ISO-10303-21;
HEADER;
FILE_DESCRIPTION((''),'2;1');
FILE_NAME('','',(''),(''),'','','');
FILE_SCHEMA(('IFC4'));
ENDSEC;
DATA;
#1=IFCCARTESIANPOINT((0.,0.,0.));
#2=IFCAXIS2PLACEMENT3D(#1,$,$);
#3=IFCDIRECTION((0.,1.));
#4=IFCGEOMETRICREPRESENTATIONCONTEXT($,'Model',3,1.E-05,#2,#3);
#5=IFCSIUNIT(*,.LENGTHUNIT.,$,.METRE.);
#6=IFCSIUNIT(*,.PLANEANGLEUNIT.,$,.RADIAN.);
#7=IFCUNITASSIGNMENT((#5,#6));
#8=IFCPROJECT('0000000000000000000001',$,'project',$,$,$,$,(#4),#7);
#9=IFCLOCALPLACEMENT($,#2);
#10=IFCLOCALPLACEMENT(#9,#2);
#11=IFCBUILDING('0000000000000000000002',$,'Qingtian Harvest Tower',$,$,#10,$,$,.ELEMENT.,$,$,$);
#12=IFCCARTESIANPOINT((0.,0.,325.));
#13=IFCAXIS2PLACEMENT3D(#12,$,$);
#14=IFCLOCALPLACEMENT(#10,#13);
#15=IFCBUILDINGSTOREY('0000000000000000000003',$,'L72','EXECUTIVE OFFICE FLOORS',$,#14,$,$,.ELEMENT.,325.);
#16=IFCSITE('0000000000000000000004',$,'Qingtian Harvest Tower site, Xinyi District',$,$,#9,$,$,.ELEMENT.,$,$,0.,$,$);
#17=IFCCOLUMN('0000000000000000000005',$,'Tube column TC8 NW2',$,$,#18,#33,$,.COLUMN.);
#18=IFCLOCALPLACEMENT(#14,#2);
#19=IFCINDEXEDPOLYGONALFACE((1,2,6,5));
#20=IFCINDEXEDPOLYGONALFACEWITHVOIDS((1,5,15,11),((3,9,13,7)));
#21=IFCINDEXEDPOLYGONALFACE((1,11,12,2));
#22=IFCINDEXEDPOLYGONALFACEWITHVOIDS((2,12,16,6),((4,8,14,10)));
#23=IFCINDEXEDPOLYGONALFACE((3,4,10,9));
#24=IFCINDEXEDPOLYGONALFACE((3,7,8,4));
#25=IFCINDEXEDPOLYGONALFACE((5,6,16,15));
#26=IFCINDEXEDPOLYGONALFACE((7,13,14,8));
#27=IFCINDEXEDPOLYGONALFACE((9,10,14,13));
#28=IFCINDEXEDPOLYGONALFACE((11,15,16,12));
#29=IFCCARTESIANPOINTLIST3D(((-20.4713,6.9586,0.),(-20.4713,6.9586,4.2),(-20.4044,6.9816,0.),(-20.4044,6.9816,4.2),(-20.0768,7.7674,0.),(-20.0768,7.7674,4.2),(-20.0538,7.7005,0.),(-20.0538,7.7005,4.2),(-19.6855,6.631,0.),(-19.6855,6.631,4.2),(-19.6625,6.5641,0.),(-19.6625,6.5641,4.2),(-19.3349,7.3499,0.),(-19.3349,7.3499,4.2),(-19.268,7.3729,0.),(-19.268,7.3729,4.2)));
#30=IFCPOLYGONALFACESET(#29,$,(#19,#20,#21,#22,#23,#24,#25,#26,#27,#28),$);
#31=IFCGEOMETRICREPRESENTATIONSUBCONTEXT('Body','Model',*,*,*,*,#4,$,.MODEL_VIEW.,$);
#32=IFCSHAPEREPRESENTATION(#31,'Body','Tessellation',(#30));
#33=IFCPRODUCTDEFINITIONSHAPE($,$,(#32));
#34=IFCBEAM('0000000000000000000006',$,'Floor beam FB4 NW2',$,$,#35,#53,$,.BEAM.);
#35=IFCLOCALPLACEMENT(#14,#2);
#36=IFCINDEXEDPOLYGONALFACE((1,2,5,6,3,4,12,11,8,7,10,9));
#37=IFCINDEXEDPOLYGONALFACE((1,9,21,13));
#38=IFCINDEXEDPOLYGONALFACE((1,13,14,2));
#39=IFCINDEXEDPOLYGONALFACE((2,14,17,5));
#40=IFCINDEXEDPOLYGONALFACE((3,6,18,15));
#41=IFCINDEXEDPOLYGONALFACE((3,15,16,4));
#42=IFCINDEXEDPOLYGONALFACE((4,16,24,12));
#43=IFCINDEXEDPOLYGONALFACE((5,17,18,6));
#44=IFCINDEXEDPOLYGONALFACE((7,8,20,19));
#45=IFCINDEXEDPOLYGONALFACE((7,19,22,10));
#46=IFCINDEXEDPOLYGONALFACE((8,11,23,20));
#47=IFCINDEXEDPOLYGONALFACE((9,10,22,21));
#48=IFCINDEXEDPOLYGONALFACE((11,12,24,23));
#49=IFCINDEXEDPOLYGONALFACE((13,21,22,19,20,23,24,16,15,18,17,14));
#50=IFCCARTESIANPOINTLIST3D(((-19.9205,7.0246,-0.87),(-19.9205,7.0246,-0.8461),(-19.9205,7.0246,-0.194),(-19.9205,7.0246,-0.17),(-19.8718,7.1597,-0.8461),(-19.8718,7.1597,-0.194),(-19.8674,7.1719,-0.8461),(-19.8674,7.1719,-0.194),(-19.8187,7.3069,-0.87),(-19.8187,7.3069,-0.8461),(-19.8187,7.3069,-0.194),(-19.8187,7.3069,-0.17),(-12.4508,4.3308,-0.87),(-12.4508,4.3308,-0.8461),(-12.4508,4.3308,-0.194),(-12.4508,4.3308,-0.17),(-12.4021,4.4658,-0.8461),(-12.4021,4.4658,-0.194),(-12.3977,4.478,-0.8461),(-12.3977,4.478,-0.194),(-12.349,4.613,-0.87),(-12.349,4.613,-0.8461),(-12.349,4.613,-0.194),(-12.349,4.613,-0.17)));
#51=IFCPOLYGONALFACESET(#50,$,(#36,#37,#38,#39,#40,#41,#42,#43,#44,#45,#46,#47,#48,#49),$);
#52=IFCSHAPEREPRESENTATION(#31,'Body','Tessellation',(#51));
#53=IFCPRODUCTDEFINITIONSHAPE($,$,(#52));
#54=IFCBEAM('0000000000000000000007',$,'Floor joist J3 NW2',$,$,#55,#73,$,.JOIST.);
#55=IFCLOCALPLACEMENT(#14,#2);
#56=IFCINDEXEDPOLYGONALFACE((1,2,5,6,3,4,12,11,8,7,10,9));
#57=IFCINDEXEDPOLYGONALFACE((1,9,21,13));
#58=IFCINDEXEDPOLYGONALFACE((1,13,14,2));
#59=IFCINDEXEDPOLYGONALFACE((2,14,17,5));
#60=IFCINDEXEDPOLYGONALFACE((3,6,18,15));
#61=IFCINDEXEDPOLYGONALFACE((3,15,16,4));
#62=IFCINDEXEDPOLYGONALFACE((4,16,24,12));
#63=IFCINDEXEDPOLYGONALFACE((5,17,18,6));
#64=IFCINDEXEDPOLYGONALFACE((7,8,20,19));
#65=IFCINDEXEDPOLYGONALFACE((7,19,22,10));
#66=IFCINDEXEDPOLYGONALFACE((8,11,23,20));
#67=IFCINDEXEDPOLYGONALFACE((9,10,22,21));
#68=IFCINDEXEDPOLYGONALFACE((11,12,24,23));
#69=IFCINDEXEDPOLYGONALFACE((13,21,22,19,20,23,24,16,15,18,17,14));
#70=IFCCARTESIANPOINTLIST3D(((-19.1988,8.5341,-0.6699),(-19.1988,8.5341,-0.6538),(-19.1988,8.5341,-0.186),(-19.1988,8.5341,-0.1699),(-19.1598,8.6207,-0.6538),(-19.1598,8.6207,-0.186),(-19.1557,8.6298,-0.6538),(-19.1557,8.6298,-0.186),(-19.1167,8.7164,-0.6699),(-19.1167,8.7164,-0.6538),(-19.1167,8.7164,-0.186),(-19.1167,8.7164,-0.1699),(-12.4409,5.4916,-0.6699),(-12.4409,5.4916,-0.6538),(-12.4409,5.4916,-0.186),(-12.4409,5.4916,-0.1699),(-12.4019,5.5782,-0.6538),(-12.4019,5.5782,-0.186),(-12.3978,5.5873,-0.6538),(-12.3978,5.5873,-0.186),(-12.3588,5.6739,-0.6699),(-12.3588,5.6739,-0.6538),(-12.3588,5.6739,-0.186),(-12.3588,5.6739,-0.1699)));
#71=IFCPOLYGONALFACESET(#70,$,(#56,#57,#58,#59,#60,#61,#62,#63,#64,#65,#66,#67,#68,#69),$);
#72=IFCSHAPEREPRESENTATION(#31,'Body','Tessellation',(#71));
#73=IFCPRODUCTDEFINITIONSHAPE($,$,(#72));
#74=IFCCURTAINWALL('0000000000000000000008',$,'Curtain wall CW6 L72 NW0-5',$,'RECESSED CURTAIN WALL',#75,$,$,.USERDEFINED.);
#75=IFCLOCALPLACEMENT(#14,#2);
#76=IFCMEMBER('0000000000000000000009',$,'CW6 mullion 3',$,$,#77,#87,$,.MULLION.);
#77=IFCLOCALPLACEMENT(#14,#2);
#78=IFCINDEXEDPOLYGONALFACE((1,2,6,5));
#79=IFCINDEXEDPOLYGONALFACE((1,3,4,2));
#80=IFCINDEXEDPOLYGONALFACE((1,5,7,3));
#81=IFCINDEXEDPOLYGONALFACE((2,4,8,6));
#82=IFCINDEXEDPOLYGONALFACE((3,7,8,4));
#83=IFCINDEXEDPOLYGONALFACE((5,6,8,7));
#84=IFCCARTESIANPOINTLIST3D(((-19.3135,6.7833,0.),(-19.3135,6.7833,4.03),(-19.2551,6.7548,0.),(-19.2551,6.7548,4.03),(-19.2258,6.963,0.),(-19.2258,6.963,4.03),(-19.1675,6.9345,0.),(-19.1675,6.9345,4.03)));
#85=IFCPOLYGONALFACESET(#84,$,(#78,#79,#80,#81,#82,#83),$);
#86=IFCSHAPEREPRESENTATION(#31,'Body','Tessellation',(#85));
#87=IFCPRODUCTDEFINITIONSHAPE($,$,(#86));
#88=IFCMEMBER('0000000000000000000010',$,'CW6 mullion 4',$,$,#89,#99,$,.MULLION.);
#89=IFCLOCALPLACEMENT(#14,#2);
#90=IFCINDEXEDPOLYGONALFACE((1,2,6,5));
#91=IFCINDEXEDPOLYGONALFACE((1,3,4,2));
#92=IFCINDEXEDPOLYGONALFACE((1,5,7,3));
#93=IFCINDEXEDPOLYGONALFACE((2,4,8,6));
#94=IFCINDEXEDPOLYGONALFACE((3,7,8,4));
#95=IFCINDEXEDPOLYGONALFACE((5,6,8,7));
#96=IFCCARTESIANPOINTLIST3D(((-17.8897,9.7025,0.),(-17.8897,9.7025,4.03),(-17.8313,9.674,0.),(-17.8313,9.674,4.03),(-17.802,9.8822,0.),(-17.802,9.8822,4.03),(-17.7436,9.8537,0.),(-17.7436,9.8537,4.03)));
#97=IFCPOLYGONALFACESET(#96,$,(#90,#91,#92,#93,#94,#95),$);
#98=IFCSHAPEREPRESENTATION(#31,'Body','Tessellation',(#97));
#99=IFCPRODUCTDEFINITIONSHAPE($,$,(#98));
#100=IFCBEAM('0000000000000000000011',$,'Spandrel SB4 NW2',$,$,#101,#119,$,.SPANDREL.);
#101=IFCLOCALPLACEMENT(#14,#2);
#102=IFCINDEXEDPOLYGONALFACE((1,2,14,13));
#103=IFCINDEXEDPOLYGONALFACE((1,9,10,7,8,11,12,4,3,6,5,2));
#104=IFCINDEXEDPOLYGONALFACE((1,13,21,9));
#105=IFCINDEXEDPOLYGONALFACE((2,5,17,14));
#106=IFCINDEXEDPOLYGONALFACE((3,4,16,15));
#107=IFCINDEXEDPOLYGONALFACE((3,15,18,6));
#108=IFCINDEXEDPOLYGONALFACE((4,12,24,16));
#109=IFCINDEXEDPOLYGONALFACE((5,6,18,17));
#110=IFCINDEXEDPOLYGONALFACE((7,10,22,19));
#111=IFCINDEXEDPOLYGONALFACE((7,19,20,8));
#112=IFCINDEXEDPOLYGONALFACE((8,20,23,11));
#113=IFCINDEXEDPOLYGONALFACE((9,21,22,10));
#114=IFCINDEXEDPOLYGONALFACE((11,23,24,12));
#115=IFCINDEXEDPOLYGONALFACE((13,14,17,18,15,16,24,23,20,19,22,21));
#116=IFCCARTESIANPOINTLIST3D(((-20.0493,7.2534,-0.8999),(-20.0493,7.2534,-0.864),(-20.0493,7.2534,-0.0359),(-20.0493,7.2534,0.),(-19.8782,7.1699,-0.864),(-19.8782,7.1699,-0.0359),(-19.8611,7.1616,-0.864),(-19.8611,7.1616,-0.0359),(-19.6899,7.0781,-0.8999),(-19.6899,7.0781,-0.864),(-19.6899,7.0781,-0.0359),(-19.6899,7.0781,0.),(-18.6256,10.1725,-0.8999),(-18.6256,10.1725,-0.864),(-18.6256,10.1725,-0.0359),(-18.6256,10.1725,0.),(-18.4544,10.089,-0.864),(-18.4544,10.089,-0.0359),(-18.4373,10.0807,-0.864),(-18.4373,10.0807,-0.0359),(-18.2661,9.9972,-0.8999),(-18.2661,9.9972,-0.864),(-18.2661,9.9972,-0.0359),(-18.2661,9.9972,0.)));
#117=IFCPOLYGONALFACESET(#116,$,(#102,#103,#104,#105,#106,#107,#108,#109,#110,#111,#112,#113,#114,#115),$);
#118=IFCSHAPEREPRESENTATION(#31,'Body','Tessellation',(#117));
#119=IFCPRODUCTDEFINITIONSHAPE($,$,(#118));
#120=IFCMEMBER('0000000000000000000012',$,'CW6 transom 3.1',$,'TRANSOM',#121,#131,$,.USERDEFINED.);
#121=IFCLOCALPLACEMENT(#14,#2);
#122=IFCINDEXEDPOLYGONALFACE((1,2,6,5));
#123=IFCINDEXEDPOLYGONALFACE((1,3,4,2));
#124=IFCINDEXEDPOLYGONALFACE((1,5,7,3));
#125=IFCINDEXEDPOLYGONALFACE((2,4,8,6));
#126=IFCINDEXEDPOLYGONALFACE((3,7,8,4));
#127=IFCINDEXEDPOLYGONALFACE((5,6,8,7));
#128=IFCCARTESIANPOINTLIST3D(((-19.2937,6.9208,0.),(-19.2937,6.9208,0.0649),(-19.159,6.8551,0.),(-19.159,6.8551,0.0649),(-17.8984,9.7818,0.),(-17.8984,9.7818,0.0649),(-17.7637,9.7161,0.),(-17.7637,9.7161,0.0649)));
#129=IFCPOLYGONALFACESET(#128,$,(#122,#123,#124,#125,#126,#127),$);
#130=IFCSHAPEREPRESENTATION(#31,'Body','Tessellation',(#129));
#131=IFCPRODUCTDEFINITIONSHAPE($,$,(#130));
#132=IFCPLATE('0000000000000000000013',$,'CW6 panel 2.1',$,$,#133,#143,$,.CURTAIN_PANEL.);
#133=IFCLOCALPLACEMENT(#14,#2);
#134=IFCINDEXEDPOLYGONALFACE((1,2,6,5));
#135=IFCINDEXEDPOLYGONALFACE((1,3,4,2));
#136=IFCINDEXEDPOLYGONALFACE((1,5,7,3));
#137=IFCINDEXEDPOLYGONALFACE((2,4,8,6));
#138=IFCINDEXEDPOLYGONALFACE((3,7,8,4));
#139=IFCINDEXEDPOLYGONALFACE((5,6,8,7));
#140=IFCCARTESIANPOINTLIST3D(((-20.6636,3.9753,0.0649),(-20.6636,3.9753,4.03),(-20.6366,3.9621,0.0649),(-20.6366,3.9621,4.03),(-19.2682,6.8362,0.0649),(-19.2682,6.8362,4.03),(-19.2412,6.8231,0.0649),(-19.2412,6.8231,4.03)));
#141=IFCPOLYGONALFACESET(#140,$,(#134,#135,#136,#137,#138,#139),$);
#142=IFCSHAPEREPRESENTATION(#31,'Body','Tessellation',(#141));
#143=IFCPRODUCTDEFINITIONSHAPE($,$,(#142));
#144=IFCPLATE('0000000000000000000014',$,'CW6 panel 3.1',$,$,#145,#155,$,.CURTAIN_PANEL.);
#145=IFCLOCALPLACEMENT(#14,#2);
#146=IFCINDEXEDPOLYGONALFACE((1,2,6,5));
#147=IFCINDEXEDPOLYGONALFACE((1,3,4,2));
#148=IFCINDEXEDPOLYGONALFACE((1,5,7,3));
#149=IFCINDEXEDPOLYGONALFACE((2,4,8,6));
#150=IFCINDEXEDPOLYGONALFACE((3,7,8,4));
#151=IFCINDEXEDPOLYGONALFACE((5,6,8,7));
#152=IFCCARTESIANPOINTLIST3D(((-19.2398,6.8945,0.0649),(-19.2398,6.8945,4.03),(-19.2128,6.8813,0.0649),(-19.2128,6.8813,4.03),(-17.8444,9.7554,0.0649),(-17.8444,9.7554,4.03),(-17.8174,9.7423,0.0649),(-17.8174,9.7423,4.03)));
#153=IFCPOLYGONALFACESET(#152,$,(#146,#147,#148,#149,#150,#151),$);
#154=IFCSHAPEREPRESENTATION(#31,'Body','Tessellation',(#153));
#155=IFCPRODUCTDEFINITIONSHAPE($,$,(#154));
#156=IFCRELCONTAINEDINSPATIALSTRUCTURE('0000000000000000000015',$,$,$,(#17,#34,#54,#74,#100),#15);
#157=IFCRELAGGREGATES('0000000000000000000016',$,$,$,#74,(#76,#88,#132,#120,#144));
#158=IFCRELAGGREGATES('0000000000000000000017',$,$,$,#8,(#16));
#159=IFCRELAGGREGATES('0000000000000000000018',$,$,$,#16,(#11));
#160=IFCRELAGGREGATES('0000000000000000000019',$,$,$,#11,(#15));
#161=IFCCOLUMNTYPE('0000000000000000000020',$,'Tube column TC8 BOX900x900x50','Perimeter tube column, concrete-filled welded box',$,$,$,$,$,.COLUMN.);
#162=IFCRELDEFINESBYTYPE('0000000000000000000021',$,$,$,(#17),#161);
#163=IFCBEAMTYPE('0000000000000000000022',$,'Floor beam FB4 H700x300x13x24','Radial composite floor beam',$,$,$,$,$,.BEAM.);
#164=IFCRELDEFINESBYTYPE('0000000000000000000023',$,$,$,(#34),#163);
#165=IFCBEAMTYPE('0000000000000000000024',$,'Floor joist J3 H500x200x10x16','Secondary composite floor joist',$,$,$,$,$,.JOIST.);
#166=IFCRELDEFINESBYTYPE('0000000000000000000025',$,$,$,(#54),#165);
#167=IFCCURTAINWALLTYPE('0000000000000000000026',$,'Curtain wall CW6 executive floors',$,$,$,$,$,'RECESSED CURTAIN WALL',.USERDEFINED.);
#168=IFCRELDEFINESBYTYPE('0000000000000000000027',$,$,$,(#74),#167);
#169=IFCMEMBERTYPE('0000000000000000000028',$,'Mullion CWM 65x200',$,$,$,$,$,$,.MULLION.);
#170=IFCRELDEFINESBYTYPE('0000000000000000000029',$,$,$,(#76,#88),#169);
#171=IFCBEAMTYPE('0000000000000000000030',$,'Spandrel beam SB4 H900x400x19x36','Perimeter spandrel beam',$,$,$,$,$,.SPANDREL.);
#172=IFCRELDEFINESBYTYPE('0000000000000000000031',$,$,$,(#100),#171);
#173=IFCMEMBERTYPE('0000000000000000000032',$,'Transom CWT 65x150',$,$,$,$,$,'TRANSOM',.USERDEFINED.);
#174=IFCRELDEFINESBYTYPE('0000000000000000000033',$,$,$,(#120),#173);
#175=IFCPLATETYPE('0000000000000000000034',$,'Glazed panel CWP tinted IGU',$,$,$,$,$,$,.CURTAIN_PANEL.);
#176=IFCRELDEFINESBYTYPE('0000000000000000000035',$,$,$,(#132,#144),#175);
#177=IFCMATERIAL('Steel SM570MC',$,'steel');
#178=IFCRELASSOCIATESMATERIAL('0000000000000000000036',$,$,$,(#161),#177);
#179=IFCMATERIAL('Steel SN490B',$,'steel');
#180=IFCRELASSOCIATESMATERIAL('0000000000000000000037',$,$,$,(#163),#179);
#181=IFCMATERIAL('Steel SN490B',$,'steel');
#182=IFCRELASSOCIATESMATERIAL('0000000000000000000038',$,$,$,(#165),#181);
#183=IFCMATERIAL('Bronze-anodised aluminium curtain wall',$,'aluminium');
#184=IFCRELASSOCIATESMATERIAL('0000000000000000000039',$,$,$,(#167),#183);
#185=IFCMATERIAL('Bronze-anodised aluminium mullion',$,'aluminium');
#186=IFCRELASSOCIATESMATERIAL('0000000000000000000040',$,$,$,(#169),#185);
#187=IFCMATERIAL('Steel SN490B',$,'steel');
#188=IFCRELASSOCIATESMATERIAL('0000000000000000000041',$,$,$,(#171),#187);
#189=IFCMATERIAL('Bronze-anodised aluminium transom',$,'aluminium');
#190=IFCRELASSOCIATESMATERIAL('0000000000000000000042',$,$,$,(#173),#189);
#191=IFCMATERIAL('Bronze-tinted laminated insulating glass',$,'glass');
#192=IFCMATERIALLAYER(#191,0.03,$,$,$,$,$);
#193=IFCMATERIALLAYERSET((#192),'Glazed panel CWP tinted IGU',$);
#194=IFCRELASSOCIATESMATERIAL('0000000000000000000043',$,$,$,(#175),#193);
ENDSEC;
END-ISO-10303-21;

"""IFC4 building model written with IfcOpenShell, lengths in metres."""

from ifc_helpers import new_model, si_unit, direction, frame, origin, origin_2d, place, context, subcontext, project, spatial, rectangle, hollow_rectangle, i_section, extrude, material, layer, layer_set, material_profile, profile_set, type_object, element, aggregate, save


model = new_model("IFC4")

# Units and contexts
model_context = context("Model", 3, precision=1e-05, world=origin(), true_north=direction((0.0, 1.0)))
body_context = subcontext(model_context, "Body", "Model", "MODEL_VIEW")
ifc_project = project(units=[si_unit("LENGTHUNIT", "METRE"), si_unit("PLANEANGLEUNIT", "RADIAN")], contexts=[model_context])

# Site, building, storey
site_placement = place(None, origin())
site = spatial("IfcSite", under=ifc_project, at=site_placement, Name="Qingtian Harvest Tower site, Xinyi District", CompositionType="ELEMENT", RefElevation=0.0)
building_placement = place(site_placement, origin())
building = spatial("IfcBuilding", under=site, at=building_placement, Name="Qingtian Harvest Tower", CompositionType="ELEMENT")
storey_placement = place(building_placement, frame((0.0, 0.0, 325.0)))
storey = spatial("IfcBuildingStorey", under=building, at=storey_placement, Name="L72", Description="EXECUTIVE OFFICE FLOORS", CompositionType="ELEMENT", Elevation=325.0)

# Column
ifc_material_1 = material(Name="Steel SM570MC", Category="steel")
ifc_material_profile_1 = material_profile(ifc_material_1, hollow_rectangle(XDim=0.8999, YDim=0.8999, WallThickness=0.05, at=origin_2d()), Name="BOX900x900x50")
ifc_profile_set_1 = profile_set([ifc_material_profile_1], Name="Steel SM570MC")
column_type = type_object("IfcColumnType", Name="Tube column TC8 BOX900x900x50", Description="Perimeter tube column, concrete-filled welded box", PredefinedType="COLUMN", material=ifc_profile_set_1)
column_placement = place(storey_placement, frame((-19.8696, 7.1658, 0.0), z_axis=(0.0, 0.0, 1.0), x_axis=(-0.438371, -0.898794, 0.0)))
element("IfcColumn", 1, at=column_placement, inside=storey, type_object=column_type, Name="Tube column TC8 NW2", PredefinedType="COLUMN", context=body_context, shape_type="SweptSolid", body=[
    extrude(hollow_rectangle(XDim=0.8999, YDim=0.8999, WallThickness=0.05, at=origin_2d()), origin(), (0.0, 0.0, 1.0), 4.2),
])

# Beams
ifc_material_2 = material(Name="Steel SN490B", Category="steel")
ifc_material_profile_2 = material_profile(ifc_material_2, i_section(OverallWidth=0.3, OverallDepth=0.7, WebThickness=0.0129, FlangeThickness=0.0239, at=origin_2d()), Name="H700x300x13x24")
ifc_profile_set_2 = profile_set([ifc_material_profile_2], Name="Steel SN490B")
beam_type_1 = type_object("IfcBeamType", Name="Floor beam FB4 H700x300x13x24", Description="Radial composite floor beam", PredefinedType="BEAM", material=ifc_profile_set_2)
beam_1_placement = place(storey_placement, frame((-19.8696, 7.1658, -0.52), z_axis=(0.940697, -0.339249, 0.0), x_axis=(0.339249, 0.940697, 0.0)))
element("IfcBeam", 2, at=beam_1_placement, inside=storey, type_object=beam_type_1, Name="Floor beam FB4 NW2", PredefinedType="BEAM", context=body_context, shape_type="SweptSolid", body=[
    extrude(i_section(OverallWidth=0.3, OverallDepth=0.7, WebThickness=0.0129, FlangeThickness=0.0239, at=origin_2d()), origin(), (0.0, 0.0, 1.0), 7.9407),
])
ifc_material_3 = material(Name="Steel SN490B", Category="steel")
ifc_material_profile_3 = material_profile(ifc_material_3, i_section(OverallWidth=0.2, OverallDepth=0.5, WebThickness=0.01, FlangeThickness=0.0161, at=origin_2d()), Name="H500x200x10x16")
ifc_profile_set_3 = profile_set([ifc_material_profile_3], Name="Steel SN490B")
beam_type_2 = type_object("IfcBeamType", Name="Floor joist J3 H500x200x10x16", Description="Secondary composite floor joist", PredefinedType="JOIST", material=ifc_profile_set_3)
beam_2_placement = place(storey_placement, frame((-19.1577, 8.6252, -0.4199), z_axis=(0.911848, -0.410529, 0.0), x_axis=(0.410529, 0.911848, 0.0)))
element("IfcBeam", 3, at=beam_2_placement, inside=storey, type_object=beam_type_2, Name="Floor joist J3 NW2", PredefinedType="JOIST", context=body_context, shape_type="SweptSolid", body=[
    extrude(i_section(OverallWidth=0.2, OverallDepth=0.5, WebThickness=0.01, FlangeThickness=0.0161, at=origin_2d()), origin(), (0.0, 0.0, 1.0), 7.4111),
])

# Curtain wall, members
ifc_material_4 = material(Name="Bronze-anodised aluminium curtain wall", Category="aluminium")
curtain_wall_type = type_object("IfcCurtainWallType", Name="Curtain wall CW6 executive floors", ElementType="RECESSED CURTAIN WALL", PredefinedType="USERDEFINED", material=ifc_material_4)
curtain_wall_placement = place(storey_placement, origin())
curtain_wall = element("IfcCurtainWall", 4, at=curtain_wall_placement, inside=storey, type_object=curtain_wall_type, Name="Curtain wall CW6 L72 NW0-5", ObjectType="RECESSED CURTAIN WALL", PredefinedType="USERDEFINED")
ifc_material_5 = material(Name="Bronze-anodised aluminium mullion", Category="aluminium")
ifc_material_profile_4 = material_profile(ifc_material_5, rectangle(XDim=0.0649, YDim=0.2, at=origin_2d()), Name="AL 65x200")
ifc_profile_set_4 = profile_set([ifc_material_profile_4], Name="Bronze-anodised aluminium mullion")
member_type_1 = type_object("IfcMemberType", Name="Mullion CWM 65x200", PredefinedType="MULLION", material=ifc_profile_set_4)
member_1_placement = place(storey_placement, frame((-19.2405, 6.8589, 0.0), z_axis=(0.0, 0.0, 1.0), x_axis=(-0.898794, 0.438371, 0.0)))
member_1 = element("IfcMember", 5, at=member_1_placement, type_object=member_type_1, Name="CW6 mullion 3", PredefinedType="MULLION", context=body_context, shape_type="SweptSolid", body=[
    extrude(rectangle(XDim=0.0649, YDim=0.2, at=origin_2d()), origin(), (0.0, 0.0, 1.0), 4.03),
])
member_2_placement = place(storey_placement, frame((-17.8167, 9.7781, 0.0), z_axis=(0.0, 0.0, 1.0), x_axis=(-0.898794, 0.438371, 0.0)))
member_2 = element("IfcMember", 6, at=member_2_placement, type_object=member_type_1, Name="CW6 mullion 4", PredefinedType="MULLION", context=body_context, shape_type="SweptSolid", body=[
    extrude(rectangle(XDim=0.0649, YDim=0.2, at=origin_2d()), origin(), (0.0, 0.0, 1.0), 4.03),
])

# Beam
ifc_material_6 = material(Name="Steel SN490B", Category="steel")
ifc_material_profile_5 = material_profile(ifc_material_6, i_section(OverallWidth=0.3999, OverallDepth=0.8999, WebThickness=0.019, FlangeThickness=0.0359, at=origin_2d()), Name="H900x400x19x36")
ifc_profile_set_5 = profile_set([ifc_material_profile_5], Name="Steel SN490B")
beam_type_3 = type_object("IfcBeamType", Name="Spandrel beam SB4 H900x400x19x36", Description="Perimeter spandrel beam", PredefinedType="SPANDREL", material=ifc_profile_set_5)
beam_3_placement = place(storey_placement, frame((-19.8696, 7.1658, -0.45), z_axis=(0.438382, 0.898789, 0.0), x_axis=(-0.898789, 0.438382, 0.0)))
element("IfcBeam", 7, at=beam_3_placement, inside=storey, type_object=beam_type_3, Name="Spandrel SB4 NW2", PredefinedType="SPANDREL", context=body_context, shape_type="SweptSolid", body=[
    extrude(i_section(OverallWidth=0.3999, OverallDepth=0.8999, WebThickness=0.019, FlangeThickness=0.0359, at=origin_2d()), origin(), (0.0, 0.0, 1.0), 3.2478),
])

# Member
ifc_material_7 = material(Name="Bronze-anodised aluminium transom", Category="aluminium")
ifc_material_profile_6 = material_profile(ifc_material_7, rectangle(XDim=0.1499, YDim=0.0649, at=origin_2d()), Name="AL 65x150")
ifc_profile_set_6 = profile_set([ifc_material_profile_6], Name="Bronze-anodised aluminium transom")
member_type_2 = type_object("IfcMemberType", Name="Transom CWT 65x150", ElementType="TRANSOM", PredefinedType="USERDEFINED", material=ifc_profile_set_6)
member_3_placement = place(storey_placement, frame((-19.2263, 6.8879, 0.0325), z_axis=(0.438325, 0.898816, 0.0), x_axis=(-0.898816, 0.438325, 0.0)))
member_3 = element("IfcMember", 8, at=member_3_placement, type_object=member_type_2, Name="CW6 transom 3.1", ObjectType="TRANSOM", PredefinedType="USERDEFINED", context=body_context, shape_type="SweptSolid", body=[
    extrude(rectangle(XDim=0.1499, YDim=0.0649, at=origin_2d()), origin(), (0.0, 0.0, 1.0), 3.1831),
])

# Plates
ifc_material_8 = material(Name="Bronze-tinted laminated insulating glass", Category="glass")
ifc_layer_1 = layer(ifc_material_8, 0.03)
ifc_layer_set_1 = layer_set([ifc_layer_1], Name="Glazed panel CWP tinted IGU")
plate_type = type_object("IfcPlateType", Name="Glazed panel CWP tinted IGU", PredefinedType="CURTAIN_PANEL", material=ifc_layer_set_1)
plate_1_placement = place(storey_placement, frame((-19.9524, 5.3992, 0.0649), z_axis=(0.0, 0.0, 1.0), x_axis=(0.438371, 0.898794, 0.0)))
plate_1 = element("IfcPlate", 9, at=plate_1_placement, type_object=plate_type, Name="CW6 panel 2.1", PredefinedType="CURTAIN_PANEL", context=body_context, shape_type="SweptSolid", body=[
    extrude(rectangle(XDim=3.1831, YDim=0.03, at=origin_2d()), origin(), (0.0, 0.0, 1.0), 3.9651),
])
plate_2_placement = place(storey_placement, frame((-18.5286, 8.3184, 0.0649), z_axis=(0.0, 0.0, 1.0), x_axis=(0.438371, 0.898794, 0.0)))
plate_2 = element("IfcPlate", 10, at=plate_2_placement, type_object=plate_type, Name="CW6 panel 3.1", PredefinedType="CURTAIN_PANEL", context=body_context, shape_type="SweptSolid", body=[
    extrude(rectangle(XDim=3.1831, YDim=0.03, at=origin_2d()), origin(), (0.0, 0.0, 1.0), 3.9651),
])
aggregate(curtain_wall, [member_1, member_2, plate_1, member_3, plate_2])

save(model, "model.ifc")
